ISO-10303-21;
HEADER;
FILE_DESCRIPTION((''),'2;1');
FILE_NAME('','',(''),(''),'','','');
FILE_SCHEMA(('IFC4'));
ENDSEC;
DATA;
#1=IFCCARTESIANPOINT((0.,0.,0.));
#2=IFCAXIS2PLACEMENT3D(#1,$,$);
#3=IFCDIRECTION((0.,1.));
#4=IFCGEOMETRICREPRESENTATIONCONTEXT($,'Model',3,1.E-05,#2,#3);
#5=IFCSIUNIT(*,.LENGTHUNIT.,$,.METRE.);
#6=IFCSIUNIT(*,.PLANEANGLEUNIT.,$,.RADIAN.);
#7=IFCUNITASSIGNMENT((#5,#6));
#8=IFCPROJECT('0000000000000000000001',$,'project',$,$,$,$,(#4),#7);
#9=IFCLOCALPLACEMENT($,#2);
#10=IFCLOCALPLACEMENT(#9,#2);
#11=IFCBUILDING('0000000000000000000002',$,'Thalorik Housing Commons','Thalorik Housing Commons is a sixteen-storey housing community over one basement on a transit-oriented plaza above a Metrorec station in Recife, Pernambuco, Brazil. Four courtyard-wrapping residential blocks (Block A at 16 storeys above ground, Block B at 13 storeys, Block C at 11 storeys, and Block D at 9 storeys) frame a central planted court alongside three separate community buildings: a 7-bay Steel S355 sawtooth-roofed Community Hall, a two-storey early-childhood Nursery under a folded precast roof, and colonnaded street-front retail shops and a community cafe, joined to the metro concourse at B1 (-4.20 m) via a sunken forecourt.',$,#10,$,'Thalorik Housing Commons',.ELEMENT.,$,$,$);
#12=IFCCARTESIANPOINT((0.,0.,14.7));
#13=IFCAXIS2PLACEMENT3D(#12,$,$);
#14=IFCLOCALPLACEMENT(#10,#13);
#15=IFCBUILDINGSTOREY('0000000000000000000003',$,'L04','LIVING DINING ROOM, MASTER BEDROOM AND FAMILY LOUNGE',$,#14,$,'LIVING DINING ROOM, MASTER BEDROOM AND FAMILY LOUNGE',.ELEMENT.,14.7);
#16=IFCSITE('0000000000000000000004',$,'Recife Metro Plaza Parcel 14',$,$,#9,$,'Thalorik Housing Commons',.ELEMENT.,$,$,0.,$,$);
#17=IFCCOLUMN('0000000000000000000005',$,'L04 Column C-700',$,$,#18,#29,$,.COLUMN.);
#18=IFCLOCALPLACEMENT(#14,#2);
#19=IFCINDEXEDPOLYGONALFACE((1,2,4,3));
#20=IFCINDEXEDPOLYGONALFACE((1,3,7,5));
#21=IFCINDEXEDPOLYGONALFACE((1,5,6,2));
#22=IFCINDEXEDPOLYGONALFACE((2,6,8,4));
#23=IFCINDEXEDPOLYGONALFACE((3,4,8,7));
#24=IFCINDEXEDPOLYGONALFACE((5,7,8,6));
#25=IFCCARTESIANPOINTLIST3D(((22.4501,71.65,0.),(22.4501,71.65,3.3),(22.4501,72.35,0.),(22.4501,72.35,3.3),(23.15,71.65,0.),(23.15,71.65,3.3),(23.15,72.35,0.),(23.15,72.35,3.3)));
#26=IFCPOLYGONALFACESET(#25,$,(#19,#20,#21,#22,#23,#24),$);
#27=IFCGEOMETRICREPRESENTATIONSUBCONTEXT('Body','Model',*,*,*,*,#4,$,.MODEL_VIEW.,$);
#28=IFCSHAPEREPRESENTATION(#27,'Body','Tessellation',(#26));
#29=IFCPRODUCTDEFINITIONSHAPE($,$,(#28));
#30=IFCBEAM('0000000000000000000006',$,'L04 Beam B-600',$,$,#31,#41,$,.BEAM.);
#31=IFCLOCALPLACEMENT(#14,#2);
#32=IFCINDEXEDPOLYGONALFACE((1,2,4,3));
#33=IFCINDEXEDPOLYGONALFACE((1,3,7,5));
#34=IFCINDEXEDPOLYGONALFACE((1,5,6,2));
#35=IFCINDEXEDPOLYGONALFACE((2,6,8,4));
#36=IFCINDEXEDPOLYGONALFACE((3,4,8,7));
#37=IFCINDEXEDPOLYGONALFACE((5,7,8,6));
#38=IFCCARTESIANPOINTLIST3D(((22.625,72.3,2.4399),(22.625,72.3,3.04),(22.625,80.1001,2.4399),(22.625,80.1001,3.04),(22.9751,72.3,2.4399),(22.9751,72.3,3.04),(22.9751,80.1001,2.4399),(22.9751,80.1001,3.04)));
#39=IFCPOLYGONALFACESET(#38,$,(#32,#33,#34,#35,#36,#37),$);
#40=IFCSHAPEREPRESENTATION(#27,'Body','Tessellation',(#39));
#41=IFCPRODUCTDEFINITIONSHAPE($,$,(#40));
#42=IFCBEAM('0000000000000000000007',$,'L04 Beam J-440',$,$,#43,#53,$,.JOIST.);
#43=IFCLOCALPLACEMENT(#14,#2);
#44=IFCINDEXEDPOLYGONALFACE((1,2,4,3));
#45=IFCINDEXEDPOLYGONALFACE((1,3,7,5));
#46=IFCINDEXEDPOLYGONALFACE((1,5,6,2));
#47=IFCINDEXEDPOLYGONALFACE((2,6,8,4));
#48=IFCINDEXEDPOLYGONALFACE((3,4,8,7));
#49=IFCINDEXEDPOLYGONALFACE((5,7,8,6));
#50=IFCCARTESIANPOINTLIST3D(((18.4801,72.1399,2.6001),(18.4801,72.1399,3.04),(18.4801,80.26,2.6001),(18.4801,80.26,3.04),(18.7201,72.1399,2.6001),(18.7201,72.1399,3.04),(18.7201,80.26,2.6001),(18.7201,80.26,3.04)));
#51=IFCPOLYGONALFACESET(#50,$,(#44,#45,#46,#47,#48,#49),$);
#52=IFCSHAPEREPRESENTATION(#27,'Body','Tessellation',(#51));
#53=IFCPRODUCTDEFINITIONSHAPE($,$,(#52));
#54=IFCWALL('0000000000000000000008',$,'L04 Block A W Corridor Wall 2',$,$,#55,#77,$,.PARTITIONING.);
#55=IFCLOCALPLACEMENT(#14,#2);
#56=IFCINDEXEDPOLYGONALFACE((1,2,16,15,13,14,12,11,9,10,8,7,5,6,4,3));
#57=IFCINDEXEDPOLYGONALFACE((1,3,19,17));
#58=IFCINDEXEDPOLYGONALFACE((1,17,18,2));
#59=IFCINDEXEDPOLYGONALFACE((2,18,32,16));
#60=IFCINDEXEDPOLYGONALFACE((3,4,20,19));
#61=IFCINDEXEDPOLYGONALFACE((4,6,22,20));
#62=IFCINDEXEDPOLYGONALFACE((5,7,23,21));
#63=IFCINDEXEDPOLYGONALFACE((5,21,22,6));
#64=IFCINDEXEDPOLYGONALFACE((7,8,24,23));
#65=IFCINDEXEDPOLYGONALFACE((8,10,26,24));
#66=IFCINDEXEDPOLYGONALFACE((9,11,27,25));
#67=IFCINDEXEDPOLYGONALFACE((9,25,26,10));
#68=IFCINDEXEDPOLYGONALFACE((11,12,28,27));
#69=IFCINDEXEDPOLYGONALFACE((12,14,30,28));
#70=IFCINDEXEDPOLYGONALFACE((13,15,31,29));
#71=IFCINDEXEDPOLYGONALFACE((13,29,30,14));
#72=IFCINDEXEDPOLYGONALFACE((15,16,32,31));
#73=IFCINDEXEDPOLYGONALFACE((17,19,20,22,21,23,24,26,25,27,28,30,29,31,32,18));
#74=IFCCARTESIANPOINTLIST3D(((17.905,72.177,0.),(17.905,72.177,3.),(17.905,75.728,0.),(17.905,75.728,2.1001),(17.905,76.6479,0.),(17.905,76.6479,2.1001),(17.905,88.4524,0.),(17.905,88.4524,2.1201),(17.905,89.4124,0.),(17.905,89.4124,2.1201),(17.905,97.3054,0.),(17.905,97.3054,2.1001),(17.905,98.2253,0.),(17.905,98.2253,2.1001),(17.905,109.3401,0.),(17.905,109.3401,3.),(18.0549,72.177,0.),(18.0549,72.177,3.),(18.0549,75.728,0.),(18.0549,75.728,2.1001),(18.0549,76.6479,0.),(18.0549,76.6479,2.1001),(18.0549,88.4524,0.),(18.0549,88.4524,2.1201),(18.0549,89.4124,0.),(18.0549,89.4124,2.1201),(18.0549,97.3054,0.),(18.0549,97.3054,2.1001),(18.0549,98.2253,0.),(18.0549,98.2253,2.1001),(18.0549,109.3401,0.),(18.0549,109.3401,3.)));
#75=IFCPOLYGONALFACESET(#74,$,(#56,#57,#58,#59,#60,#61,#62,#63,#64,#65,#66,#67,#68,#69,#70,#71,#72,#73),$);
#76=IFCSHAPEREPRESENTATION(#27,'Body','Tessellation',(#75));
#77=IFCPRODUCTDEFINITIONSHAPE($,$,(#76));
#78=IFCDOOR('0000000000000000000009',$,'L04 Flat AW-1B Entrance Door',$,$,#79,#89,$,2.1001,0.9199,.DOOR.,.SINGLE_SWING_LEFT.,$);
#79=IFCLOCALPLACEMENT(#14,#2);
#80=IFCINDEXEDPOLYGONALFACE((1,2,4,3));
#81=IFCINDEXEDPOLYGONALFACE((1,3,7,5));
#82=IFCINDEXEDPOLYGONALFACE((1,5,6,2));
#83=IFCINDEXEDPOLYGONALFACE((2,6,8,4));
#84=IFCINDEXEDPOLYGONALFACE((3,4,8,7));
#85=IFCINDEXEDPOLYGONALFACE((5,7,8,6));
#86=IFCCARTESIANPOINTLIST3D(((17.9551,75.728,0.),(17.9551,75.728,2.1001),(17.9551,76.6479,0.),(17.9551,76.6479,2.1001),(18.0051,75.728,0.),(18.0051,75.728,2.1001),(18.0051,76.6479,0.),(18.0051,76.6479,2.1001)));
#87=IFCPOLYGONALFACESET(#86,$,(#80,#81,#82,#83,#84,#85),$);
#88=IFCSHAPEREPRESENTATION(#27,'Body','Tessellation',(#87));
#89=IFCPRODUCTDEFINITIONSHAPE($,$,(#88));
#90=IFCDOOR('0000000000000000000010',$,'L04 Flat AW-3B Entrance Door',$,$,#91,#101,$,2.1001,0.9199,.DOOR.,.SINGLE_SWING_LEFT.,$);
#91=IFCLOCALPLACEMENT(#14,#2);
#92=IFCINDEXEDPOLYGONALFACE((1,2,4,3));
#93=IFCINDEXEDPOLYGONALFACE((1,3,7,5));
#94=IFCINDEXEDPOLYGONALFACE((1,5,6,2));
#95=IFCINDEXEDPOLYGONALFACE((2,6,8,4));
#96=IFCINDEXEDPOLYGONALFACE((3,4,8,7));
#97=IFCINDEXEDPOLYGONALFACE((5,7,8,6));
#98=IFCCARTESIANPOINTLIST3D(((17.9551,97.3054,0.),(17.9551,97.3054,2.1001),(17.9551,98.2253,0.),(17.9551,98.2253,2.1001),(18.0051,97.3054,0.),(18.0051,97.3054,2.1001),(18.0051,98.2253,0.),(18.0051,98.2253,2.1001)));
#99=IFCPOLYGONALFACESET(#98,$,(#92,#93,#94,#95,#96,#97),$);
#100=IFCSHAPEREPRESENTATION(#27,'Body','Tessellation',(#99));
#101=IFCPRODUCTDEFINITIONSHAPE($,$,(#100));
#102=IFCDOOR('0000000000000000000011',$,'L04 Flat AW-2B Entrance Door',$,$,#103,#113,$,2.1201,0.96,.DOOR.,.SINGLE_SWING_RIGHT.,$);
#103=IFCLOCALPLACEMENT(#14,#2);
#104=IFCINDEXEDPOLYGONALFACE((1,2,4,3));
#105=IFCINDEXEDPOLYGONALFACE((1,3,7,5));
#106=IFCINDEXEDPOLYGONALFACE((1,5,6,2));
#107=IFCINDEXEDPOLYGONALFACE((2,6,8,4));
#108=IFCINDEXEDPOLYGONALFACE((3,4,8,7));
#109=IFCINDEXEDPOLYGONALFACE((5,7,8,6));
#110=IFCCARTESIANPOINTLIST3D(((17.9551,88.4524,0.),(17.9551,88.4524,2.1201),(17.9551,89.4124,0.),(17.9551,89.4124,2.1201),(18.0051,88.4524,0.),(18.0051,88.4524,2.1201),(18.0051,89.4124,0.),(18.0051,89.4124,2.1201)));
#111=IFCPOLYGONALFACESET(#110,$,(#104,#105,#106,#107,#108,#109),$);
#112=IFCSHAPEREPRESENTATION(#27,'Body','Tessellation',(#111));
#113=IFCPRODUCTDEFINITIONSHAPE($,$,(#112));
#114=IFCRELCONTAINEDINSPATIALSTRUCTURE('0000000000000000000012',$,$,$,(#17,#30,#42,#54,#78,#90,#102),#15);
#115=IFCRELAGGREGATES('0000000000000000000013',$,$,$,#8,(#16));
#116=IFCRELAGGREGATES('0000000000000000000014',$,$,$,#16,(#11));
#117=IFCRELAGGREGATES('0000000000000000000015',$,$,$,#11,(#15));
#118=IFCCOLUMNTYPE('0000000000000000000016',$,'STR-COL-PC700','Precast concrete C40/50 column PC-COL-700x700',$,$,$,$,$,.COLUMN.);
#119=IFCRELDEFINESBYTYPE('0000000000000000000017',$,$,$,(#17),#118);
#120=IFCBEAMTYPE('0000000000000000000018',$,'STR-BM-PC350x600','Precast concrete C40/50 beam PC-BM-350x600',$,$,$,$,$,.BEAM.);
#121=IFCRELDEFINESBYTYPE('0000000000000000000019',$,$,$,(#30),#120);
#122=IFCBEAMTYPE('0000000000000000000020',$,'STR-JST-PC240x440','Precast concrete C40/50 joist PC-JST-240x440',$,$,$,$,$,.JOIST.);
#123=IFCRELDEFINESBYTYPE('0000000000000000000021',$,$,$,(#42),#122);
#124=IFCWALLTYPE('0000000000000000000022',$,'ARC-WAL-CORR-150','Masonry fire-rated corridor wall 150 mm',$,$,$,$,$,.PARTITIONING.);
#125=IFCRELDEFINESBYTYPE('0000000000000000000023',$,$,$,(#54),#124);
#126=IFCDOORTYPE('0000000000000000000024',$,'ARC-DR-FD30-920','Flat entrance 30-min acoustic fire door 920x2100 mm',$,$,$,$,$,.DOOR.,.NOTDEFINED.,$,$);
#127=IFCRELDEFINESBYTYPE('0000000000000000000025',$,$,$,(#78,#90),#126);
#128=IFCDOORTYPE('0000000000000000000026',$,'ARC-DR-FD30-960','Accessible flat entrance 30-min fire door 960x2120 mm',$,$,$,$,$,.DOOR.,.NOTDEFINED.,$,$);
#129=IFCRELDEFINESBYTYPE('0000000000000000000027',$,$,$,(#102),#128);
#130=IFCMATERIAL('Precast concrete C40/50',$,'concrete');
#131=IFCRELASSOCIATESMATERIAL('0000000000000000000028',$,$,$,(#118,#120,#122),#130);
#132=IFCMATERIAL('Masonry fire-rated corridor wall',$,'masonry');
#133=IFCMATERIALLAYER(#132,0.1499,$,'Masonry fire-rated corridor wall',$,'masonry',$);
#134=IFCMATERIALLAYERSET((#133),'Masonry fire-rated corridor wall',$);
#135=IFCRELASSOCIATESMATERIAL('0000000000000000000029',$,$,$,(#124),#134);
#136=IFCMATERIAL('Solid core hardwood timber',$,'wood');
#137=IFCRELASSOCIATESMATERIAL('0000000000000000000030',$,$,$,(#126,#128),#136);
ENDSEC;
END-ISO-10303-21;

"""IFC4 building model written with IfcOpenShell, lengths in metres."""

from ifc_helpers import new_model, si_unit, direction, frame, frame_2d, origin, origin_2d, place, context, subcontext, project, spatial, rectangle, extrude, material, layer, layer_set, material_profile, profile_set, type_object, element, fill, save


model = new_model("IFC4")

# Units and contexts
model_context = context("Model", 3, precision=1e-05, world=origin(), true_north=direction((0.0, 1.0)))
body_context = subcontext(model_context, "Body", "Model", "MODEL_VIEW")
ifc_project = project(units=[si_unit("LENGTHUNIT", "METRE"), si_unit("PLANEANGLEUNIT", "RADIAN")], contexts=[model_context])

# Site, building, storey
site_placement = place(None, origin())
site = spatial("IfcSite", under=ifc_project, at=site_placement, Name="Recife Metro Plaza Parcel 14", LongName="Thalorik Housing Commons", CompositionType="ELEMENT", RefElevation=0.0)
building_placement = place(site_placement, origin())
building = spatial("IfcBuilding", under=site, at=building_placement, Name="Thalorik Housing Commons", Description="Thalorik Housing Commons is a sixteen-storey housing community over one basement on a transit-oriented plaza above a Metrorec station in Recife, Pernambuco, Brazil. Four courtyard-wrapping residential blocks (Block A at 16 storeys above ground, Block B at 13 storeys, Block C at 11 storeys, and Block D at 9 storeys) frame a central planted court alongside three separate community buildings: a 7-bay Steel S355 sawtooth-roofed Community Hall, a two-storey early-childhood Nursery under a folded precast roof, and colonnaded street-front retail shops and a community cafe, joined to the metro concourse at B1 (-4.20 m) via a sunken forecourt.", LongName="Thalorik Housing Commons", CompositionType="ELEMENT")
storey_placement = place(building_placement, frame((0.0, 0.0, 14.7)))
storey = spatial("IfcBuildingStorey", under=building, at=storey_placement, Name="L04", Description="LIVING DINING ROOM, MASTER BEDROOM AND FAMILY LOUNGE", LongName="LIVING DINING ROOM, MASTER BEDROOM AND FAMILY LOUNGE", CompositionType="ELEMENT", Elevation=14.7)

# Column
ifc_material_1 = material(Name="Precast concrete C40/50", Category="concrete")
ifc_material_profile_1 = material_profile(ifc_material_1, rectangle(XDim=0.7, YDim=0.7, at=origin_2d()), Name="PC 700x700", Category="concrete")
ifc_profile_set_1 = profile_set([ifc_material_profile_1], Name="Precast concrete C40/50")
column_type = type_object("IfcColumnType", Name="STR-COL-PC700", Description="Precast concrete C40/50 column PC-COL-700x700", PredefinedType="COLUMN", material=ifc_profile_set_1)
column_placement = place(storey_placement, frame((22.8, 72.0, 0.0), z_axis=(0.0, 0.0, 1.0), x_axis=(1.0, 0.0, 0.0)))
element("IfcColumn", 1, at=column_placement, inside=storey, type_object=column_type, Name="L04 Column C-700", PredefinedType="COLUMN", context=body_context, shape_type="SweptSolid", body=[
    extrude(rectangle(XDim=0.7, YDim=0.7, at=origin_2d()), origin(), (0.0, 0.0, 1.0), 3.3),
])

# Beams
ifc_material_profile_2 = material_profile(ifc_material_1, rectangle(XDim=0.3501, YDim=0.6001, at=origin_2d()), Name="PC 350x600", Category="concrete")
ifc_profile_set_2 = profile_set([ifc_material_profile_2], Name="Precast concrete C40/50")
beam_type_1 = type_object("IfcBeamType", Name="STR-BM-PC350x600", Description="Precast concrete C40/50 beam PC-BM-350x600", PredefinedType="BEAM", material=ifc_profile_set_2)
beam_1_placement = place(storey_placement, frame((22.8, 72.3, 2.74), z_axis=(0.0, 1.0, 0.0), x_axis=(-1.0, 0.0, 0.0)))
element("IfcBeam", 2, at=beam_1_placement, inside=storey, type_object=beam_type_1, Name="L04 Beam B-600", PredefinedType="BEAM", context=body_context, shape_type="SweptSolid", body=[
    extrude(rectangle(XDim=0.3501, YDim=0.6001, at=origin_2d()), origin(), (0.0, 0.0, 1.0), 7.8),
])
ifc_material_profile_3 = material_profile(ifc_material_1, rectangle(XDim=0.24, YDim=0.4399, at=origin_2d()), Name="PC JST 240x440", Category="concrete")
ifc_profile_set_3 = profile_set([ifc_material_profile_3], Name="Precast concrete C40/50")
beam_type_2 = type_object("IfcBeamType", Name="STR-JST-PC240x440", Description="Precast concrete C40/50 joist PC-JST-240x440", PredefinedType="JOIST", material=ifc_profile_set_3)
beam_2_placement = place(storey_placement, frame((18.6001, 72.1399, 2.8201), z_axis=(0.0, 1.0, 0.0), x_axis=(-1.0, 0.0, 0.0)))
element("IfcBeam", 3, at=beam_2_placement, inside=storey, type_object=beam_type_2, Name="L04 Beam J-440", PredefinedType="JOIST", context=body_context, shape_type="SweptSolid", body=[
    extrude(rectangle(XDim=0.24, YDim=0.4399, at=origin_2d()), origin(), (0.0, 0.0, 1.0), 8.1201),
])

# Wall, openings, doors
ifc_material_2 = material(Name="Masonry fire-rated corridor wall", Category="masonry")
ifc_layer_1 = layer(ifc_material_2, 0.1499, Name="Masonry fire-rated corridor wall", Category="masonry")
ifc_layer_set_1 = layer_set([ifc_layer_1], Name="Masonry fire-rated corridor wall")
wall_type_1 = type_object("IfcWallType", Name="ARC-WAL-CORR-150", Description="Masonry fire-rated corridor wall 150 mm", PredefinedType="PARTITIONING", material=ifc_layer_set_1)
wall_1_placement = place(storey_placement, frame((17.98, 72.177, 0.0), z_axis=(0.0, 0.0, 1.0), x_axis=(0.0, 1.0, 0.0)))
wall_1 = element("IfcWall", 4, at=wall_1_placement, inside=storey, type_object=wall_type_1, Name="L04 Block A W Corridor Wall 2", PredefinedType="PARTITIONING", context=body_context, shape_type="SweptSolid", body=[
    extrude(rectangle(XDim=37.1631, YDim=0.1499, at=frame_2d((18.5815, 0.0))), origin(), (0.0, 0.0, 1.0), 3.0),
])
opening_1_placement = place(wall_1_placement, frame((3.551, 0.0, 0.0)))
opening_1 = element("IfcOpeningElement", 5, at=opening_1_placement, cuts=wall_1, PredefinedType="OPENING", context=body_context, shape_type="SweptSolid", body=[
    extrude(rectangle(XDim=0.9199, YDim=2.1001, at=frame_2d((0.46, 1.05))), frame((0.0, 0.085, 0.0), z_axis=(0.0, -1.0, 0.0), x_axis=(1.0, 0.0, 0.0)), (0.0, 0.0, 1.0), 0.1699),
])
opening_2_placement = place(wall_1_placement, frame((16.2754, 0.0, 0.0)))
opening_2 = element("IfcOpeningElement", 6, at=opening_2_placement, cuts=wall_1, PredefinedType="OPENING", context=body_context, shape_type="SweptSolid", body=[
    extrude(rectangle(XDim=0.96, YDim=2.1201, at=frame_2d((0.48, 1.0601))), frame((0.0, 0.085, 0.0), z_axis=(0.0, -1.0, 0.0), x_axis=(1.0, 0.0, 0.0)), (0.0, 0.0, 1.0), 0.1699),
])
opening_3_placement = place(wall_1_placement, frame((25.1284, 0.0, 0.0)))
opening_3 = element("IfcOpeningElement", 7, at=opening_3_placement, cuts=wall_1, PredefinedType="OPENING", context=body_context, shape_type="SweptSolid", body=[
    extrude(rectangle(XDim=0.9199, YDim=2.1001, at=frame_2d((0.46, 1.05))), frame((0.0, 0.085, 0.0), z_axis=(0.0, -1.0, 0.0), x_axis=(1.0, 0.0, 0.0)), (0.0, 0.0, 1.0), 0.1699),
])
ifc_material_3 = material(Name="Solid core hardwood timber", Category="wood")
door_type_1 = type_object("IfcDoorType", Name="ARC-DR-FD30-920", Description="Flat entrance 30-min acoustic fire door 920x2100 mm", OperationType="NOTDEFINED", PredefinedType="DOOR", material=ifc_material_3)
door_1_placement = place(opening_1_placement, origin())
door_1 = element("IfcDoor", 8, at=door_1_placement, inside=storey, type_object=door_type_1, Name="L04 Flat AW-1B Entrance Door", OperationType="SINGLE_SWING_LEFT", OverallHeight=2.1001, OverallWidth=0.9199, PredefinedType="DOOR", context=body_context, shape_type="SweptSolid", body=[
    extrude(rectangle(XDim=0.9199, YDim=2.1001, at=frame_2d((0.46, 1.05))), frame((0.0, 0.0249, 0.0), z_axis=(0.0, -1.0, 0.0), x_axis=(1.0, 0.0, 0.0)), (0.0, 0.0, 1.0), 0.05),
])
fill(opening_1, door_1)
door_2_placement = place(opening_3_placement, origin())
door_2 = element("IfcDoor", 9, at=door_2_placement, inside=storey, type_object=door_type_1, Name="L04 Flat AW-3B Entrance Door", OperationType="SINGLE_SWING_LEFT", OverallHeight=2.1001, OverallWidth=0.9199, PredefinedType="DOOR", context=body_context, shape_type="SweptSolid", body=[
    extrude(rectangle(XDim=0.9199, YDim=2.1001, at=frame_2d((0.46, 1.05))), frame((0.0, 0.0249, 0.0), z_axis=(0.0, -1.0, 0.0), x_axis=(1.0, 0.0, 0.0)), (0.0, 0.0, 1.0), 0.05),
])
fill(opening_3, door_2)
door_type_2 = type_object("IfcDoorType", Name="ARC-DR-FD30-960", Description="Accessible flat entrance 30-min fire door 960x2120 mm", OperationType="NOTDEFINED", PredefinedType="DOOR", material=ifc_material_3)
door_3_placement = place(opening_2_placement, origin())
door_3 = element("IfcDoor", 10, at=door_3_placement, inside=storey, type_object=door_type_2, Name="L04 Flat AW-2B Entrance Door", OperationType="SINGLE_SWING_RIGHT", OverallHeight=2.1201, OverallWidth=0.96, PredefinedType="DOOR", context=body_context, shape_type="SweptSolid", body=[
    extrude(rectangle(XDim=0.96, YDim=2.1201, at=frame_2d((0.48, 1.0601))), frame((0.0, 0.0249, 0.0), z_axis=(0.0, -1.0, 0.0), x_axis=(1.0, 0.0, 0.0)), (0.0, 0.0, 1.0), 0.05),
])
fill(opening_2, door_3)

save(model, "model.ifc")
